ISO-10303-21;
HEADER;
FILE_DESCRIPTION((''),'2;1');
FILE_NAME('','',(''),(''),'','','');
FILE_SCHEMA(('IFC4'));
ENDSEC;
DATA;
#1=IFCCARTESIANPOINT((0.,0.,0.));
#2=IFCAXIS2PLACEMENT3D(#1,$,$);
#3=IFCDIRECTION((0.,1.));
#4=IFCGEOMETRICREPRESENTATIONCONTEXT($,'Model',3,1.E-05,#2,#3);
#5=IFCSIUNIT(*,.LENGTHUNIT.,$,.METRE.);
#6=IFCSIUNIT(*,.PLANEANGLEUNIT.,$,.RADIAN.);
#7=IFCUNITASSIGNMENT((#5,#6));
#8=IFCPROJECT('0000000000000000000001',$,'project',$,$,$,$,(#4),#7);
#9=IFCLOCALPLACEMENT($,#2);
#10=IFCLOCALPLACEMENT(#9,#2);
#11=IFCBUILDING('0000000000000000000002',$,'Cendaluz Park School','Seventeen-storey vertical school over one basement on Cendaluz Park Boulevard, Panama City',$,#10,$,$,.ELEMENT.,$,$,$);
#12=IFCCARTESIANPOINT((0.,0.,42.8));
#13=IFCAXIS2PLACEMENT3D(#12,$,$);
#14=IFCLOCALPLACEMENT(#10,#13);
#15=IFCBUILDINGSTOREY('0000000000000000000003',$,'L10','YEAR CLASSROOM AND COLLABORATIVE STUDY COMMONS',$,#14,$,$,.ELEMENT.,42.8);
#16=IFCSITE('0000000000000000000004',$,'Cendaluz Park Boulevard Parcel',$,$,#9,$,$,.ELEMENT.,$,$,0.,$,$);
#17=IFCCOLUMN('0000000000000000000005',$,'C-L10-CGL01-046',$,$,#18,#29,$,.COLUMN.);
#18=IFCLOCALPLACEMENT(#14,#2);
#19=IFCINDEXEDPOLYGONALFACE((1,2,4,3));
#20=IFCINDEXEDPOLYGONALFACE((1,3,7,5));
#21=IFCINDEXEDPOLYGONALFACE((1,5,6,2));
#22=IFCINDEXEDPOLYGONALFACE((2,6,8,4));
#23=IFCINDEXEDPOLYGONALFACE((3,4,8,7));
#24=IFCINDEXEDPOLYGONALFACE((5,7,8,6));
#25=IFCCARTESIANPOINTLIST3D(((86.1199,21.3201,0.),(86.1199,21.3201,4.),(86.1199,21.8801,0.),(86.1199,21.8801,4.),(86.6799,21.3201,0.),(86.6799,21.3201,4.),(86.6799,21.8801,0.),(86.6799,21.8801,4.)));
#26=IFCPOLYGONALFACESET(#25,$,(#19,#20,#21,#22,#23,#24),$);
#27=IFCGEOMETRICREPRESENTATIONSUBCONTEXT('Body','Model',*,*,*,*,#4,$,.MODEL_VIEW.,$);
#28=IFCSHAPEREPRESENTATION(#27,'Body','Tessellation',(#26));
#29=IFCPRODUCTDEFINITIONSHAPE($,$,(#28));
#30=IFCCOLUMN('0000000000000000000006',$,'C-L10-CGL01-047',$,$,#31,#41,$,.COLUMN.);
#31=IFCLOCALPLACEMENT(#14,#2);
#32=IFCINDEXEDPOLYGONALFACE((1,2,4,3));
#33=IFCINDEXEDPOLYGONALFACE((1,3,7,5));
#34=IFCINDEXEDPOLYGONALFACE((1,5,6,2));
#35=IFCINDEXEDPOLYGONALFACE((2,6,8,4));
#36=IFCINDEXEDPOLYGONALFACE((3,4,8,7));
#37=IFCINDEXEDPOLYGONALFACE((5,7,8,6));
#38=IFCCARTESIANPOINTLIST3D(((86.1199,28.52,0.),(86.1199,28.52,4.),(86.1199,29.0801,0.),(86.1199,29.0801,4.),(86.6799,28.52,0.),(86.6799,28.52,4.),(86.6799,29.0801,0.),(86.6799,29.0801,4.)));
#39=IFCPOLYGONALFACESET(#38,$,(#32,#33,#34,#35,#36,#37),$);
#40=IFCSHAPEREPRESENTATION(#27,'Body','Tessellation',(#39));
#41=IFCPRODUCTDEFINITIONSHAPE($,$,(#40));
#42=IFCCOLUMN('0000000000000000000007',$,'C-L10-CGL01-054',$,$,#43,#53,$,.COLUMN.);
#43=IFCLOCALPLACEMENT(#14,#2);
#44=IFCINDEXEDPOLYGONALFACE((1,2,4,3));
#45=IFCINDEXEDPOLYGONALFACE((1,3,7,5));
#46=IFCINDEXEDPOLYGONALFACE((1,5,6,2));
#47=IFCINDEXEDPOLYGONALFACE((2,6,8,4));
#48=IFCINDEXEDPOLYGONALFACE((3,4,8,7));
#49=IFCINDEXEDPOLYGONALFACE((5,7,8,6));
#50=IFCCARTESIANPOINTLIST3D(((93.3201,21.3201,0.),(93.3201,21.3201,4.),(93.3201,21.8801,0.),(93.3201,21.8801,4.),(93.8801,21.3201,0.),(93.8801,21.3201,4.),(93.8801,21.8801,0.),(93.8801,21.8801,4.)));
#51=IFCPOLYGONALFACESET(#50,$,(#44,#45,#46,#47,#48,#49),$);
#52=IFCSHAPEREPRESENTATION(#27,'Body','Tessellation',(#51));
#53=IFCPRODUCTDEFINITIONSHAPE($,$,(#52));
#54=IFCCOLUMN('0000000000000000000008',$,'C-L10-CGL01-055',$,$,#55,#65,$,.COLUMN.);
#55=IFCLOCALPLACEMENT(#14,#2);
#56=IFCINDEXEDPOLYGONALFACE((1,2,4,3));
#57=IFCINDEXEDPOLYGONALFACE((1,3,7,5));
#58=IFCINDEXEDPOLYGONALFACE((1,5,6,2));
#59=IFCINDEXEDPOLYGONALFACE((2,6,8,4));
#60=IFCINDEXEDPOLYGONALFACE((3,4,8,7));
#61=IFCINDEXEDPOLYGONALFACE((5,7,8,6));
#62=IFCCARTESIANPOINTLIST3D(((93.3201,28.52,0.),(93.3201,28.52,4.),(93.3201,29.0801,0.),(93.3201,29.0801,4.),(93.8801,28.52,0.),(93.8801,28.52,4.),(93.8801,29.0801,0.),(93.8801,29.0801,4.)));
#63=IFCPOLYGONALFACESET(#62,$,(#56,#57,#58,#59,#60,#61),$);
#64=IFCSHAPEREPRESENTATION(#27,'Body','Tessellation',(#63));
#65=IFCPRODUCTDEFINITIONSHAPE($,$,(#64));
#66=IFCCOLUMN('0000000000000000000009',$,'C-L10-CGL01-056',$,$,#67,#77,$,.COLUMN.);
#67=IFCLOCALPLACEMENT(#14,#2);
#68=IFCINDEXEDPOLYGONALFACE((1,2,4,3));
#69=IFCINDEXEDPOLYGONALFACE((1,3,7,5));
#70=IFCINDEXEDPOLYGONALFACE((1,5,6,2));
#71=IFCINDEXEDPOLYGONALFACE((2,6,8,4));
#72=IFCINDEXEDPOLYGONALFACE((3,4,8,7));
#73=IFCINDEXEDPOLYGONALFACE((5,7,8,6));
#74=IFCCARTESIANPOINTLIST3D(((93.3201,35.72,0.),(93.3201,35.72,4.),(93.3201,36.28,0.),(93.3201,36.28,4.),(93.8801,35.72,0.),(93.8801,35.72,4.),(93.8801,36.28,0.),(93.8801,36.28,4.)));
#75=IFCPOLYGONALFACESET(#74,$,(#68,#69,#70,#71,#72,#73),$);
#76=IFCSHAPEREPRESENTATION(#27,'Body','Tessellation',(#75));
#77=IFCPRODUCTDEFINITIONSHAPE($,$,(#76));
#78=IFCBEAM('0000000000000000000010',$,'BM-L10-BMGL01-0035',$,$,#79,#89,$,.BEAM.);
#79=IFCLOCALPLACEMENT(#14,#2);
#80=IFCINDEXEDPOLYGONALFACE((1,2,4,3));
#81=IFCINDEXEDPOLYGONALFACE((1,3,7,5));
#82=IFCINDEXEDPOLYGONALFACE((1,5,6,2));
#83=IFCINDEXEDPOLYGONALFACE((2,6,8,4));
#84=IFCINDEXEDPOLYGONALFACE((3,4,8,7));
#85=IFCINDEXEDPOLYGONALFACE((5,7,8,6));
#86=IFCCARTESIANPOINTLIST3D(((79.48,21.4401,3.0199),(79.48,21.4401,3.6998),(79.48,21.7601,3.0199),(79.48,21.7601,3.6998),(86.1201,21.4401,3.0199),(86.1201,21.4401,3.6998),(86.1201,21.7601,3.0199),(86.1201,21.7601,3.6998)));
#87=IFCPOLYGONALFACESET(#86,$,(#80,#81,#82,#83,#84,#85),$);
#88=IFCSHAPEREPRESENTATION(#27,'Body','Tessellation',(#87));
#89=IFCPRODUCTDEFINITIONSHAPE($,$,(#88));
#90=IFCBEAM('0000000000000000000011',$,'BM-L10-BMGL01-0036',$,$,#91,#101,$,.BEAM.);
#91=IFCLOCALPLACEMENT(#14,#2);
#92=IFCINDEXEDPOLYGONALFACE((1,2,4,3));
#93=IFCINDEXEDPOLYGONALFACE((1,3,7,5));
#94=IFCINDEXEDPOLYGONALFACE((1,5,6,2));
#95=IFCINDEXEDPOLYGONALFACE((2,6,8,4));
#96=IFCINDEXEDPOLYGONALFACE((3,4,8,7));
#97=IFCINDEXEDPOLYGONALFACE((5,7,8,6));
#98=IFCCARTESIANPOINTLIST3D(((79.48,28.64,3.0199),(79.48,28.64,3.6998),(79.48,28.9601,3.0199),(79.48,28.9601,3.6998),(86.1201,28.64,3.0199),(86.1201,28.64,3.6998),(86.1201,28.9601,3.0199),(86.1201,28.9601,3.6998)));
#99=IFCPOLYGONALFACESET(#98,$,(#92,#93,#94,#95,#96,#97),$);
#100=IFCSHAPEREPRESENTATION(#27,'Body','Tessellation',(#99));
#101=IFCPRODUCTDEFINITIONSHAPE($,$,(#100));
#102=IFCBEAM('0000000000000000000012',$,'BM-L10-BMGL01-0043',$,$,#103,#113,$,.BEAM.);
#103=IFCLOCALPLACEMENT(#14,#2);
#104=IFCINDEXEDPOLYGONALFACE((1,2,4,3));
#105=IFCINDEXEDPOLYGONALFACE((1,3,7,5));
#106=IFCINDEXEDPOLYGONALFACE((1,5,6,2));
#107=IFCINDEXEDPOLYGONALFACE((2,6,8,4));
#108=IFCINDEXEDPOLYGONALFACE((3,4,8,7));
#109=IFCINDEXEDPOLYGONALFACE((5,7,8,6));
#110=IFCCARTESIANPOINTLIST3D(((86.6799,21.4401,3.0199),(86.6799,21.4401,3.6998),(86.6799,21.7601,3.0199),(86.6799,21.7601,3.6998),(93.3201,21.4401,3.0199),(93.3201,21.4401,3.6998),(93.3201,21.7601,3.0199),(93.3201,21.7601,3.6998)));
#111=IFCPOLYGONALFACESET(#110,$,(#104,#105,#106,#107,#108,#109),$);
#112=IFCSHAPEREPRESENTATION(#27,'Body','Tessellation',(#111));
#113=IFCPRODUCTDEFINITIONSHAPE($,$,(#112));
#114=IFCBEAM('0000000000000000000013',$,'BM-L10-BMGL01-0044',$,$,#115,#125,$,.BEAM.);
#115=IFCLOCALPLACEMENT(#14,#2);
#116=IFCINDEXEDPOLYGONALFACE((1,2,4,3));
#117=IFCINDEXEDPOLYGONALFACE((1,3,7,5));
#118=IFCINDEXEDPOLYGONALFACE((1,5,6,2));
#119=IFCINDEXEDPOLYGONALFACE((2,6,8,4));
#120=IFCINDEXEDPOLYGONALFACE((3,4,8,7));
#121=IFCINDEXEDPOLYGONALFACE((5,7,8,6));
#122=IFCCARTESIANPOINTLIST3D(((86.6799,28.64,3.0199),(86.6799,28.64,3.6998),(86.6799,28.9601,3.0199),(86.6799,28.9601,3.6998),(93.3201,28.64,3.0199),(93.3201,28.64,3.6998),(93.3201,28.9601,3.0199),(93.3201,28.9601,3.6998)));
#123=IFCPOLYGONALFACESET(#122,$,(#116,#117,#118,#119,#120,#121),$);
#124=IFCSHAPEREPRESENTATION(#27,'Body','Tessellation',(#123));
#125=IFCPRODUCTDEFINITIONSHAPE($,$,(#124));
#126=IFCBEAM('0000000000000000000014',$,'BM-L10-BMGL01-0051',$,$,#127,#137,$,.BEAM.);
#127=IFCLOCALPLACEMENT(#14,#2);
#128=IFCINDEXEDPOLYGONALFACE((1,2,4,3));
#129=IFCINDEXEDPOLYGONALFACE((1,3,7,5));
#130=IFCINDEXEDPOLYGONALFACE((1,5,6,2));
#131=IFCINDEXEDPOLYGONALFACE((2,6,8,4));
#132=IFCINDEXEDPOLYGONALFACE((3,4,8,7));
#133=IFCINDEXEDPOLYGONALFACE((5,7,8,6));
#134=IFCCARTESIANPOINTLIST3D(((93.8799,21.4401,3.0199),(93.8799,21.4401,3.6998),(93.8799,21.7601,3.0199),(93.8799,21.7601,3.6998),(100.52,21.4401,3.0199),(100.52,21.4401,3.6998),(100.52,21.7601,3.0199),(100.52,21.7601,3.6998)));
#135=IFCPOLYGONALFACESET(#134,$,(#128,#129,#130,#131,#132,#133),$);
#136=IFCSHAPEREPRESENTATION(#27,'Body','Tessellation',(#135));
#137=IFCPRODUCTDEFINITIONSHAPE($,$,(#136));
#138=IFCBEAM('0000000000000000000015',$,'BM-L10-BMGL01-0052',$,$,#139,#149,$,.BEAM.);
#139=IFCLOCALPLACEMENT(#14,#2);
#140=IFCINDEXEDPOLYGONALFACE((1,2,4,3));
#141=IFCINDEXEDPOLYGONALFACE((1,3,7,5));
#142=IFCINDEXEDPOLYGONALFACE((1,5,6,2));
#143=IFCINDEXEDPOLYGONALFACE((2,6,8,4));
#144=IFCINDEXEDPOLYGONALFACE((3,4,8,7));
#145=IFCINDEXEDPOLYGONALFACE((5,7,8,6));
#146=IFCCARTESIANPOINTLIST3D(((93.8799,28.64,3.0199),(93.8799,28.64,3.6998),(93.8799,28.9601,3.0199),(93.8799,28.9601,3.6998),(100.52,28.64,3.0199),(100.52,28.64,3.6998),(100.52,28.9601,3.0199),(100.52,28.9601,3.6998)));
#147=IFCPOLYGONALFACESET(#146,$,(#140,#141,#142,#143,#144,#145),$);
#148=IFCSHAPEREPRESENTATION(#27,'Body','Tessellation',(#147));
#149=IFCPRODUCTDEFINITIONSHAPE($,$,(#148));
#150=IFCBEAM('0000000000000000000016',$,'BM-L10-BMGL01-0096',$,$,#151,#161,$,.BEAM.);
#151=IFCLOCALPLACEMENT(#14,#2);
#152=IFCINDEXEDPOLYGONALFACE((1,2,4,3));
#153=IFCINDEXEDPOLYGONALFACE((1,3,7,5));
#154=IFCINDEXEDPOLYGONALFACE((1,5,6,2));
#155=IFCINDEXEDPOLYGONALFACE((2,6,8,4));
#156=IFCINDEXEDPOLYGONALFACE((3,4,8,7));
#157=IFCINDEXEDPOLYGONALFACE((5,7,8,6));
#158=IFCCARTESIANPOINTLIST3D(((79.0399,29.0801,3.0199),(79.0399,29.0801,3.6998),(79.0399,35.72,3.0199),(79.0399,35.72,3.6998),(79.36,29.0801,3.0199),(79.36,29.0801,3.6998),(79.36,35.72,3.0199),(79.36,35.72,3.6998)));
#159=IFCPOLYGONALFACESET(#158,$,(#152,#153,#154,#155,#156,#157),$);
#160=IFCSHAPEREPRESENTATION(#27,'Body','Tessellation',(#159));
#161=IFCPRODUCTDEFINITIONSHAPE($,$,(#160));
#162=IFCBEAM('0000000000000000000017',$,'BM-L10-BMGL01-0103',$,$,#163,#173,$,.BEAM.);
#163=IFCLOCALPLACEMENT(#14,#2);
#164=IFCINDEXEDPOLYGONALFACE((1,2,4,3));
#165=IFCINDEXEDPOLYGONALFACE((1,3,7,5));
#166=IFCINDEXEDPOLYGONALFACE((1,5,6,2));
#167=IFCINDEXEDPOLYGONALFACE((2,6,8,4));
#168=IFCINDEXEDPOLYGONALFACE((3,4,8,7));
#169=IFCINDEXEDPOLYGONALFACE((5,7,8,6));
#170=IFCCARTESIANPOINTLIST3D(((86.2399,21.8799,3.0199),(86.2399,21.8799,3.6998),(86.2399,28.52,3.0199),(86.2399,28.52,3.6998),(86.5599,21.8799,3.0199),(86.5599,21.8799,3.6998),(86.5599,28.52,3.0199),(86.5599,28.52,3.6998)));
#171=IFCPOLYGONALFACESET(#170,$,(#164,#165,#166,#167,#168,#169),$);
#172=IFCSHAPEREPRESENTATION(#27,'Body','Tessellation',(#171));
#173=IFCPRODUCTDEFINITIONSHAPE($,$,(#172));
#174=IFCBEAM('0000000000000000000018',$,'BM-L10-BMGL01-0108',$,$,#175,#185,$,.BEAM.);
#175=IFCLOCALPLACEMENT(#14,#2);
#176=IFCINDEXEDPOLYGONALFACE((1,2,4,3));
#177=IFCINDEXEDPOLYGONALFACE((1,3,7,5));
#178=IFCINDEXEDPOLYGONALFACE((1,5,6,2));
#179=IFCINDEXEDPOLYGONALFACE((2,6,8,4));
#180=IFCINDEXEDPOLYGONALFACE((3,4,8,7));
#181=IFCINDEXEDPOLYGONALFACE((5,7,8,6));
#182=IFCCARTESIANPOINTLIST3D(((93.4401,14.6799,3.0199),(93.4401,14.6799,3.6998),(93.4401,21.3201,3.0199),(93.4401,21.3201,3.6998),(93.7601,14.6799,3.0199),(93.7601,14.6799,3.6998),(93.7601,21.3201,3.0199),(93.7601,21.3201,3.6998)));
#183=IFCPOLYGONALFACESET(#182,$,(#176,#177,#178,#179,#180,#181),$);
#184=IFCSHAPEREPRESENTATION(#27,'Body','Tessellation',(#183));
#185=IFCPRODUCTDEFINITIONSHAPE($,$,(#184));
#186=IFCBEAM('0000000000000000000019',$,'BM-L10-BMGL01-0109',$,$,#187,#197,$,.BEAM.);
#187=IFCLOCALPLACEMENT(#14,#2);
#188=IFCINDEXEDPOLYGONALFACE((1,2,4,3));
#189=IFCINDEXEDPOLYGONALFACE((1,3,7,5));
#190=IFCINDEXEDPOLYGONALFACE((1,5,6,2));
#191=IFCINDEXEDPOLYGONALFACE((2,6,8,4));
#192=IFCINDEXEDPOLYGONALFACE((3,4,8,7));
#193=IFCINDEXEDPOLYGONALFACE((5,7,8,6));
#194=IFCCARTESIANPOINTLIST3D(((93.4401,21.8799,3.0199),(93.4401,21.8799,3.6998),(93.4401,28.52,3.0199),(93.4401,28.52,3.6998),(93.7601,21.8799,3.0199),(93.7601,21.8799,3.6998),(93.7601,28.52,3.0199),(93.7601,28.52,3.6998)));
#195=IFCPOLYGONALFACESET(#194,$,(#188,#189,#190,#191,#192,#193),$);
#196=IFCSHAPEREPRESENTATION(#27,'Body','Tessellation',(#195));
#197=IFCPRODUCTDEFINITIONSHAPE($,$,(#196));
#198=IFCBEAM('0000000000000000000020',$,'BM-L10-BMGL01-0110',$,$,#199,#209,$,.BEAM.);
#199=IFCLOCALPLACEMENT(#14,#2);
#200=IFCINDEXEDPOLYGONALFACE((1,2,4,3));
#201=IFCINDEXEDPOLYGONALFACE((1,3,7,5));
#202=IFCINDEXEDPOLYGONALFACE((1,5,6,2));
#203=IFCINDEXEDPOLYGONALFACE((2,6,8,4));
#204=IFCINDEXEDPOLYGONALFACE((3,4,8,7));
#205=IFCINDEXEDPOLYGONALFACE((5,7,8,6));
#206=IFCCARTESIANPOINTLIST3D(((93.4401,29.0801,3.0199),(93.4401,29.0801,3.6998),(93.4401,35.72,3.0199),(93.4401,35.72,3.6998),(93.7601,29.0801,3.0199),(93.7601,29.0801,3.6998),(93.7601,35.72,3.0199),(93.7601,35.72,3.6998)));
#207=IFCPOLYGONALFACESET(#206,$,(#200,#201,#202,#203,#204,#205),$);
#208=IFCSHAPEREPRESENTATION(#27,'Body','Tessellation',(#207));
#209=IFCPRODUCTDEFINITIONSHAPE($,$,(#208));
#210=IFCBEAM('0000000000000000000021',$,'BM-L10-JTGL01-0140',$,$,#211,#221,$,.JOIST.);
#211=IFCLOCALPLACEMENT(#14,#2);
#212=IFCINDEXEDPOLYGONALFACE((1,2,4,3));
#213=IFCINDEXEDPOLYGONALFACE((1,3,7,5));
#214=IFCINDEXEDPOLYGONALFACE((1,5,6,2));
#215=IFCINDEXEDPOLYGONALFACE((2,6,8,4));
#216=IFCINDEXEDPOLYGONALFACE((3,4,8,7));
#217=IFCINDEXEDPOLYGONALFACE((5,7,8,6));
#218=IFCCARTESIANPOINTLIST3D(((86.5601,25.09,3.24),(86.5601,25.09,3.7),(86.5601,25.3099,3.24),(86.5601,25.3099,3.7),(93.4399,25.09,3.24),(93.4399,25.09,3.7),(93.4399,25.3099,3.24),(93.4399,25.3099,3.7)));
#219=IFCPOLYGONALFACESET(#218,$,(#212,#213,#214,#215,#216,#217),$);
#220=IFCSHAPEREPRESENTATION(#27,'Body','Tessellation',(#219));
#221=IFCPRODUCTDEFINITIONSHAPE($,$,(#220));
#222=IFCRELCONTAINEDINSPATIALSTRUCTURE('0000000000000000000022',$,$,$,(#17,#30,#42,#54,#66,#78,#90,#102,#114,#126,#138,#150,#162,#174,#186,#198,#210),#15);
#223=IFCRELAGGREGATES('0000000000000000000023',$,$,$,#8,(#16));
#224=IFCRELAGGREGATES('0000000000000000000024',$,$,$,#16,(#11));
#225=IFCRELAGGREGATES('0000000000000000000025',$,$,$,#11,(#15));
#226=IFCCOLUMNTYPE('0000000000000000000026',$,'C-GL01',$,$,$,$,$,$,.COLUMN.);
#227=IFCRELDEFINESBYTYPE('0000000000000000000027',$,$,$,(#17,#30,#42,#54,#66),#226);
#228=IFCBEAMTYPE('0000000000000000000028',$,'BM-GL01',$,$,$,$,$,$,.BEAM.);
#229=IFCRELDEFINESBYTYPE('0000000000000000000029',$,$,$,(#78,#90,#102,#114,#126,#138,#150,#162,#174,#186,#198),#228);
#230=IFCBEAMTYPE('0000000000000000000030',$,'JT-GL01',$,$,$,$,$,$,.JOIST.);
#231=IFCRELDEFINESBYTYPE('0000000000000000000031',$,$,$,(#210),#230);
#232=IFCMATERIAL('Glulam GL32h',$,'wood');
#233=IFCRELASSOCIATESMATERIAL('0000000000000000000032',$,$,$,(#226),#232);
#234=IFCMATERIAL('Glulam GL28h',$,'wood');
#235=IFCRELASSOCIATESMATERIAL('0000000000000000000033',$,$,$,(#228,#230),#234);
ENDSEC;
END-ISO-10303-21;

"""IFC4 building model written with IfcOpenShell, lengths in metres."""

from ifc_helpers import new_model, si_unit, direction, frame, origin, origin_2d, place, context, subcontext, project, spatial, rectangle, extrude, material, material_profile, profile_set, type_object, element, save


model = new_model("IFC4")

# Units and contexts
model_context = context("Model", 3, precision=1e-05, world=origin(), true_north=direction((0.0, 1.0)))
body_context = subcontext(model_context, "Body", "Model", "MODEL_VIEW")
ifc_project = project(units=[si_unit("LENGTHUNIT", "METRE"), si_unit("PLANEANGLEUNIT", "RADIAN")], contexts=[model_context])

# Site, building, storey
site_placement = place(None, origin())
site = spatial("IfcSite", under=ifc_project, at=site_placement, Name="Cendaluz Park Boulevard Parcel", CompositionType="ELEMENT", RefElevation=0.0)
building_placement = place(site_placement, origin())
building = spatial("IfcBuilding", under=site, at=building_placement, Name="Cendaluz Park School", Description="Seventeen-storey vertical school over one basement on Cendaluz Park Boulevard, Panama City", CompositionType="ELEMENT")
storey_placement = place(building_placement, frame((0.0, 0.0, 42.8)))
storey = spatial("IfcBuildingStorey", under=building, at=storey_placement, Name="L10", Description="YEAR CLASSROOM AND COLLABORATIVE STUDY COMMONS", CompositionType="ELEMENT", Elevation=42.8)

# Columns
ifc_material_1 = material(Name="Glulam GL32h", Category="wood")
ifc_material_profile_1 = material_profile(ifc_material_1, rectangle(XDim=0.5601, YDim=0.5601, at=origin_2d()), Name="GL32h 560x560", Category="wood")
ifc_profile_set_1 = profile_set([ifc_material_profile_1], Name="Glulam GL32h")
column_type = type_object("IfcColumnType", Name="C-GL01", PredefinedType="COLUMN", material=ifc_profile_set_1)
for number, where, z_axis, x_axis, name in (
    (1, (86.3999, 21.6001, 0.0), (0.0, 0.0, 1.0), (1.0, 0.0, 0.0), "C-L10-CGL01-046"),
    (2, (86.3999, 28.8, 0.0), (0.0, 0.0, 1.0), (1.0, 0.0, 0.0), "C-L10-CGL01-047"),
    (3, (93.6001, 21.6001, 0.0), (0.0, 0.0, 1.0), (1.0, 0.0, 0.0), "C-L10-CGL01-054"),
    (4, (93.6001, 28.8, 0.0), (0.0, 0.0, 1.0), (1.0, 0.0, 0.0), "C-L10-CGL01-055"),
    (5, (93.6001, 36.0, 0.0), (0.0, 0.0, 1.0), (1.0, 0.0, 0.0), "C-L10-CGL01-056"),
):
    element("IfcColumn", number, at=place(storey_placement, frame(where, z_axis=z_axis, x_axis=x_axis)), inside=storey, type_object=column_type, Name=name, PredefinedType="COLUMN", context=body_context, shape_type="SweptSolid", body=[
        extrude(rectangle(XDim=0.5601, YDim=0.5601, at=origin_2d()), origin(), (0.0, 0.0, 1.0), 4.0),
    ])

# Beams
ifc_material_2 = material(Name="Glulam GL28h", Category="wood")
ifc_material_profile_2 = material_profile(ifc_material_2, rectangle(XDim=0.3201, YDim=0.6799, at=origin_2d()), Name="GL28h 320x680", Category="wood")
ifc_profile_set_2 = profile_set([ifc_material_profile_2], Name="Glulam GL28h")
beam_type_1 = type_object("IfcBeamType", Name="BM-GL01", PredefinedType="BEAM", material=ifc_profile_set_2)
for number, where, z_axis, x_axis, name in (
    (6, (79.48, 21.6001, 3.3599), (1.0, 0.0, 0.0), (0.0, 1.0, 0.0), "BM-L10-BMGL01-0035"),
    (7, (79.48, 28.8, 3.3599), (1.0, 0.0, 0.0), (0.0, 1.0, 0.0), "BM-L10-BMGL01-0036"),
    (8, (86.6799, 21.6001, 3.3599), (1.0, 0.0, 0.0), (0.0, 1.0, 0.0), "BM-L10-BMGL01-0043"),
    (9, (86.6799, 28.8, 3.3599), (1.0, 0.0, 0.0), (0.0, 1.0, 0.0), "BM-L10-BMGL01-0044"),
    (10, (93.8799, 21.6001, 3.3599), (1.0, 0.0, 0.0), (0.0, 1.0, 0.0), "BM-L10-BMGL01-0051"),
    (11, (93.8799, 28.8, 3.3599), (1.0, 0.0, 0.0), (0.0, 1.0, 0.0), "BM-L10-BMGL01-0052"),
):
    element("IfcBeam", number, at=place(storey_placement, frame(where, z_axis=z_axis, x_axis=x_axis)), inside=storey, type_object=beam_type_1, Name=name, PredefinedType="BEAM", context=body_context, shape_type="SweptSolid", body=[
        extrude(rectangle(XDim=0.3201, YDim=0.6799, at=origin_2d()), origin(), (0.0, 0.0, 1.0), 6.6401),
    ])
beam_1_placement = place(storey_placement, frame((79.2, 29.0801, 3.3599), z_axis=(0.0, 1.0, 0.0), x_axis=(-1.0, 0.0, 0.0)))
element("IfcBeam", 12, at=beam_1_placement, inside=storey, type_object=beam_type_1, Name="BM-L10-BMGL01-0096", PredefinedType="BEAM", context=body_context, shape_type="SweptSolid", body=[
    extrude(rectangle(XDim=0.3201, YDim=0.6799, at=origin_2d()), origin(), (0.0, 0.0, 1.0), 6.6399),
])
for number, where, z_axis, x_axis, name in (
    (13, (86.3999, 21.8799, 3.3599), (0.0, 1.0, 0.0), (-1.0, 0.0, 0.0), "BM-L10-BMGL01-0103"),
    (14, (93.6001, 14.6799, 3.3599), (0.0, 1.0, 0.0), (-1.0, 0.0, 0.0), "BM-L10-BMGL01-0108"),
    (15, (93.6001, 21.8799, 3.3599), (0.0, 1.0, 0.0), (-1.0, 0.0, 0.0), "BM-L10-BMGL01-0109"),
):
    element("IfcBeam", number, at=place(storey_placement, frame(where, z_axis=z_axis, x_axis=x_axis)), inside=storey, type_object=beam_type_1, Name=name, PredefinedType="BEAM", context=body_context, shape_type="SweptSolid", body=[
        extrude(rectangle(XDim=0.3201, YDim=0.6799, at=origin_2d()), origin(), (0.0, 0.0, 1.0), 6.6401),
    ])
beam_2_placement = place(storey_placement, frame((93.6001, 29.0801, 3.3599), z_axis=(0.0, 1.0, 0.0), x_axis=(-1.0, 0.0, 0.0)))
element("IfcBeam", 16, at=beam_2_placement, inside=storey, type_object=beam_type_1, Name="BM-L10-BMGL01-0110", PredefinedType="BEAM", context=body_context, shape_type="SweptSolid", body=[
    extrude(rectangle(XDim=0.3201, YDim=0.6799, at=origin_2d()), origin(), (0.0, 0.0, 1.0), 6.6399),
])
ifc_material_profile_3 = material_profile(ifc_material_2, rectangle(XDim=0.22, YDim=0.46, at=origin_2d()), Name="GL28h 220x460", Category="wood")
ifc_profile_set_3 = profile_set([ifc_material_profile_3], Name="Glulam GL28h")
beam_type_2 = type_object("IfcBeamType", Name="JT-GL01", PredefinedType="JOIST", material=ifc_profile_set_3)
for number, where, z_axis, x_axis, name in (
    (17, (86.5601, 25.2, 3.47), (1.0, 0.0, 0.0), (0.0, 1.0, 0.0), "BM-L10-JTGL01-0140"),
):
    element("IfcBeam", number, at=place(storey_placement, frame(where, z_axis=z_axis, x_axis=x_axis)), inside=storey, type_object=beam_type_2, Name=name, PredefinedType="JOIST", context=body_context, shape_type="SweptSolid", body=[
        extrude(rectangle(XDim=0.22, YDim=0.46, at=origin_2d()), origin(), (0.0, 0.0, 1.0), 6.8799),
    ])

save(model, "model.ifc")
